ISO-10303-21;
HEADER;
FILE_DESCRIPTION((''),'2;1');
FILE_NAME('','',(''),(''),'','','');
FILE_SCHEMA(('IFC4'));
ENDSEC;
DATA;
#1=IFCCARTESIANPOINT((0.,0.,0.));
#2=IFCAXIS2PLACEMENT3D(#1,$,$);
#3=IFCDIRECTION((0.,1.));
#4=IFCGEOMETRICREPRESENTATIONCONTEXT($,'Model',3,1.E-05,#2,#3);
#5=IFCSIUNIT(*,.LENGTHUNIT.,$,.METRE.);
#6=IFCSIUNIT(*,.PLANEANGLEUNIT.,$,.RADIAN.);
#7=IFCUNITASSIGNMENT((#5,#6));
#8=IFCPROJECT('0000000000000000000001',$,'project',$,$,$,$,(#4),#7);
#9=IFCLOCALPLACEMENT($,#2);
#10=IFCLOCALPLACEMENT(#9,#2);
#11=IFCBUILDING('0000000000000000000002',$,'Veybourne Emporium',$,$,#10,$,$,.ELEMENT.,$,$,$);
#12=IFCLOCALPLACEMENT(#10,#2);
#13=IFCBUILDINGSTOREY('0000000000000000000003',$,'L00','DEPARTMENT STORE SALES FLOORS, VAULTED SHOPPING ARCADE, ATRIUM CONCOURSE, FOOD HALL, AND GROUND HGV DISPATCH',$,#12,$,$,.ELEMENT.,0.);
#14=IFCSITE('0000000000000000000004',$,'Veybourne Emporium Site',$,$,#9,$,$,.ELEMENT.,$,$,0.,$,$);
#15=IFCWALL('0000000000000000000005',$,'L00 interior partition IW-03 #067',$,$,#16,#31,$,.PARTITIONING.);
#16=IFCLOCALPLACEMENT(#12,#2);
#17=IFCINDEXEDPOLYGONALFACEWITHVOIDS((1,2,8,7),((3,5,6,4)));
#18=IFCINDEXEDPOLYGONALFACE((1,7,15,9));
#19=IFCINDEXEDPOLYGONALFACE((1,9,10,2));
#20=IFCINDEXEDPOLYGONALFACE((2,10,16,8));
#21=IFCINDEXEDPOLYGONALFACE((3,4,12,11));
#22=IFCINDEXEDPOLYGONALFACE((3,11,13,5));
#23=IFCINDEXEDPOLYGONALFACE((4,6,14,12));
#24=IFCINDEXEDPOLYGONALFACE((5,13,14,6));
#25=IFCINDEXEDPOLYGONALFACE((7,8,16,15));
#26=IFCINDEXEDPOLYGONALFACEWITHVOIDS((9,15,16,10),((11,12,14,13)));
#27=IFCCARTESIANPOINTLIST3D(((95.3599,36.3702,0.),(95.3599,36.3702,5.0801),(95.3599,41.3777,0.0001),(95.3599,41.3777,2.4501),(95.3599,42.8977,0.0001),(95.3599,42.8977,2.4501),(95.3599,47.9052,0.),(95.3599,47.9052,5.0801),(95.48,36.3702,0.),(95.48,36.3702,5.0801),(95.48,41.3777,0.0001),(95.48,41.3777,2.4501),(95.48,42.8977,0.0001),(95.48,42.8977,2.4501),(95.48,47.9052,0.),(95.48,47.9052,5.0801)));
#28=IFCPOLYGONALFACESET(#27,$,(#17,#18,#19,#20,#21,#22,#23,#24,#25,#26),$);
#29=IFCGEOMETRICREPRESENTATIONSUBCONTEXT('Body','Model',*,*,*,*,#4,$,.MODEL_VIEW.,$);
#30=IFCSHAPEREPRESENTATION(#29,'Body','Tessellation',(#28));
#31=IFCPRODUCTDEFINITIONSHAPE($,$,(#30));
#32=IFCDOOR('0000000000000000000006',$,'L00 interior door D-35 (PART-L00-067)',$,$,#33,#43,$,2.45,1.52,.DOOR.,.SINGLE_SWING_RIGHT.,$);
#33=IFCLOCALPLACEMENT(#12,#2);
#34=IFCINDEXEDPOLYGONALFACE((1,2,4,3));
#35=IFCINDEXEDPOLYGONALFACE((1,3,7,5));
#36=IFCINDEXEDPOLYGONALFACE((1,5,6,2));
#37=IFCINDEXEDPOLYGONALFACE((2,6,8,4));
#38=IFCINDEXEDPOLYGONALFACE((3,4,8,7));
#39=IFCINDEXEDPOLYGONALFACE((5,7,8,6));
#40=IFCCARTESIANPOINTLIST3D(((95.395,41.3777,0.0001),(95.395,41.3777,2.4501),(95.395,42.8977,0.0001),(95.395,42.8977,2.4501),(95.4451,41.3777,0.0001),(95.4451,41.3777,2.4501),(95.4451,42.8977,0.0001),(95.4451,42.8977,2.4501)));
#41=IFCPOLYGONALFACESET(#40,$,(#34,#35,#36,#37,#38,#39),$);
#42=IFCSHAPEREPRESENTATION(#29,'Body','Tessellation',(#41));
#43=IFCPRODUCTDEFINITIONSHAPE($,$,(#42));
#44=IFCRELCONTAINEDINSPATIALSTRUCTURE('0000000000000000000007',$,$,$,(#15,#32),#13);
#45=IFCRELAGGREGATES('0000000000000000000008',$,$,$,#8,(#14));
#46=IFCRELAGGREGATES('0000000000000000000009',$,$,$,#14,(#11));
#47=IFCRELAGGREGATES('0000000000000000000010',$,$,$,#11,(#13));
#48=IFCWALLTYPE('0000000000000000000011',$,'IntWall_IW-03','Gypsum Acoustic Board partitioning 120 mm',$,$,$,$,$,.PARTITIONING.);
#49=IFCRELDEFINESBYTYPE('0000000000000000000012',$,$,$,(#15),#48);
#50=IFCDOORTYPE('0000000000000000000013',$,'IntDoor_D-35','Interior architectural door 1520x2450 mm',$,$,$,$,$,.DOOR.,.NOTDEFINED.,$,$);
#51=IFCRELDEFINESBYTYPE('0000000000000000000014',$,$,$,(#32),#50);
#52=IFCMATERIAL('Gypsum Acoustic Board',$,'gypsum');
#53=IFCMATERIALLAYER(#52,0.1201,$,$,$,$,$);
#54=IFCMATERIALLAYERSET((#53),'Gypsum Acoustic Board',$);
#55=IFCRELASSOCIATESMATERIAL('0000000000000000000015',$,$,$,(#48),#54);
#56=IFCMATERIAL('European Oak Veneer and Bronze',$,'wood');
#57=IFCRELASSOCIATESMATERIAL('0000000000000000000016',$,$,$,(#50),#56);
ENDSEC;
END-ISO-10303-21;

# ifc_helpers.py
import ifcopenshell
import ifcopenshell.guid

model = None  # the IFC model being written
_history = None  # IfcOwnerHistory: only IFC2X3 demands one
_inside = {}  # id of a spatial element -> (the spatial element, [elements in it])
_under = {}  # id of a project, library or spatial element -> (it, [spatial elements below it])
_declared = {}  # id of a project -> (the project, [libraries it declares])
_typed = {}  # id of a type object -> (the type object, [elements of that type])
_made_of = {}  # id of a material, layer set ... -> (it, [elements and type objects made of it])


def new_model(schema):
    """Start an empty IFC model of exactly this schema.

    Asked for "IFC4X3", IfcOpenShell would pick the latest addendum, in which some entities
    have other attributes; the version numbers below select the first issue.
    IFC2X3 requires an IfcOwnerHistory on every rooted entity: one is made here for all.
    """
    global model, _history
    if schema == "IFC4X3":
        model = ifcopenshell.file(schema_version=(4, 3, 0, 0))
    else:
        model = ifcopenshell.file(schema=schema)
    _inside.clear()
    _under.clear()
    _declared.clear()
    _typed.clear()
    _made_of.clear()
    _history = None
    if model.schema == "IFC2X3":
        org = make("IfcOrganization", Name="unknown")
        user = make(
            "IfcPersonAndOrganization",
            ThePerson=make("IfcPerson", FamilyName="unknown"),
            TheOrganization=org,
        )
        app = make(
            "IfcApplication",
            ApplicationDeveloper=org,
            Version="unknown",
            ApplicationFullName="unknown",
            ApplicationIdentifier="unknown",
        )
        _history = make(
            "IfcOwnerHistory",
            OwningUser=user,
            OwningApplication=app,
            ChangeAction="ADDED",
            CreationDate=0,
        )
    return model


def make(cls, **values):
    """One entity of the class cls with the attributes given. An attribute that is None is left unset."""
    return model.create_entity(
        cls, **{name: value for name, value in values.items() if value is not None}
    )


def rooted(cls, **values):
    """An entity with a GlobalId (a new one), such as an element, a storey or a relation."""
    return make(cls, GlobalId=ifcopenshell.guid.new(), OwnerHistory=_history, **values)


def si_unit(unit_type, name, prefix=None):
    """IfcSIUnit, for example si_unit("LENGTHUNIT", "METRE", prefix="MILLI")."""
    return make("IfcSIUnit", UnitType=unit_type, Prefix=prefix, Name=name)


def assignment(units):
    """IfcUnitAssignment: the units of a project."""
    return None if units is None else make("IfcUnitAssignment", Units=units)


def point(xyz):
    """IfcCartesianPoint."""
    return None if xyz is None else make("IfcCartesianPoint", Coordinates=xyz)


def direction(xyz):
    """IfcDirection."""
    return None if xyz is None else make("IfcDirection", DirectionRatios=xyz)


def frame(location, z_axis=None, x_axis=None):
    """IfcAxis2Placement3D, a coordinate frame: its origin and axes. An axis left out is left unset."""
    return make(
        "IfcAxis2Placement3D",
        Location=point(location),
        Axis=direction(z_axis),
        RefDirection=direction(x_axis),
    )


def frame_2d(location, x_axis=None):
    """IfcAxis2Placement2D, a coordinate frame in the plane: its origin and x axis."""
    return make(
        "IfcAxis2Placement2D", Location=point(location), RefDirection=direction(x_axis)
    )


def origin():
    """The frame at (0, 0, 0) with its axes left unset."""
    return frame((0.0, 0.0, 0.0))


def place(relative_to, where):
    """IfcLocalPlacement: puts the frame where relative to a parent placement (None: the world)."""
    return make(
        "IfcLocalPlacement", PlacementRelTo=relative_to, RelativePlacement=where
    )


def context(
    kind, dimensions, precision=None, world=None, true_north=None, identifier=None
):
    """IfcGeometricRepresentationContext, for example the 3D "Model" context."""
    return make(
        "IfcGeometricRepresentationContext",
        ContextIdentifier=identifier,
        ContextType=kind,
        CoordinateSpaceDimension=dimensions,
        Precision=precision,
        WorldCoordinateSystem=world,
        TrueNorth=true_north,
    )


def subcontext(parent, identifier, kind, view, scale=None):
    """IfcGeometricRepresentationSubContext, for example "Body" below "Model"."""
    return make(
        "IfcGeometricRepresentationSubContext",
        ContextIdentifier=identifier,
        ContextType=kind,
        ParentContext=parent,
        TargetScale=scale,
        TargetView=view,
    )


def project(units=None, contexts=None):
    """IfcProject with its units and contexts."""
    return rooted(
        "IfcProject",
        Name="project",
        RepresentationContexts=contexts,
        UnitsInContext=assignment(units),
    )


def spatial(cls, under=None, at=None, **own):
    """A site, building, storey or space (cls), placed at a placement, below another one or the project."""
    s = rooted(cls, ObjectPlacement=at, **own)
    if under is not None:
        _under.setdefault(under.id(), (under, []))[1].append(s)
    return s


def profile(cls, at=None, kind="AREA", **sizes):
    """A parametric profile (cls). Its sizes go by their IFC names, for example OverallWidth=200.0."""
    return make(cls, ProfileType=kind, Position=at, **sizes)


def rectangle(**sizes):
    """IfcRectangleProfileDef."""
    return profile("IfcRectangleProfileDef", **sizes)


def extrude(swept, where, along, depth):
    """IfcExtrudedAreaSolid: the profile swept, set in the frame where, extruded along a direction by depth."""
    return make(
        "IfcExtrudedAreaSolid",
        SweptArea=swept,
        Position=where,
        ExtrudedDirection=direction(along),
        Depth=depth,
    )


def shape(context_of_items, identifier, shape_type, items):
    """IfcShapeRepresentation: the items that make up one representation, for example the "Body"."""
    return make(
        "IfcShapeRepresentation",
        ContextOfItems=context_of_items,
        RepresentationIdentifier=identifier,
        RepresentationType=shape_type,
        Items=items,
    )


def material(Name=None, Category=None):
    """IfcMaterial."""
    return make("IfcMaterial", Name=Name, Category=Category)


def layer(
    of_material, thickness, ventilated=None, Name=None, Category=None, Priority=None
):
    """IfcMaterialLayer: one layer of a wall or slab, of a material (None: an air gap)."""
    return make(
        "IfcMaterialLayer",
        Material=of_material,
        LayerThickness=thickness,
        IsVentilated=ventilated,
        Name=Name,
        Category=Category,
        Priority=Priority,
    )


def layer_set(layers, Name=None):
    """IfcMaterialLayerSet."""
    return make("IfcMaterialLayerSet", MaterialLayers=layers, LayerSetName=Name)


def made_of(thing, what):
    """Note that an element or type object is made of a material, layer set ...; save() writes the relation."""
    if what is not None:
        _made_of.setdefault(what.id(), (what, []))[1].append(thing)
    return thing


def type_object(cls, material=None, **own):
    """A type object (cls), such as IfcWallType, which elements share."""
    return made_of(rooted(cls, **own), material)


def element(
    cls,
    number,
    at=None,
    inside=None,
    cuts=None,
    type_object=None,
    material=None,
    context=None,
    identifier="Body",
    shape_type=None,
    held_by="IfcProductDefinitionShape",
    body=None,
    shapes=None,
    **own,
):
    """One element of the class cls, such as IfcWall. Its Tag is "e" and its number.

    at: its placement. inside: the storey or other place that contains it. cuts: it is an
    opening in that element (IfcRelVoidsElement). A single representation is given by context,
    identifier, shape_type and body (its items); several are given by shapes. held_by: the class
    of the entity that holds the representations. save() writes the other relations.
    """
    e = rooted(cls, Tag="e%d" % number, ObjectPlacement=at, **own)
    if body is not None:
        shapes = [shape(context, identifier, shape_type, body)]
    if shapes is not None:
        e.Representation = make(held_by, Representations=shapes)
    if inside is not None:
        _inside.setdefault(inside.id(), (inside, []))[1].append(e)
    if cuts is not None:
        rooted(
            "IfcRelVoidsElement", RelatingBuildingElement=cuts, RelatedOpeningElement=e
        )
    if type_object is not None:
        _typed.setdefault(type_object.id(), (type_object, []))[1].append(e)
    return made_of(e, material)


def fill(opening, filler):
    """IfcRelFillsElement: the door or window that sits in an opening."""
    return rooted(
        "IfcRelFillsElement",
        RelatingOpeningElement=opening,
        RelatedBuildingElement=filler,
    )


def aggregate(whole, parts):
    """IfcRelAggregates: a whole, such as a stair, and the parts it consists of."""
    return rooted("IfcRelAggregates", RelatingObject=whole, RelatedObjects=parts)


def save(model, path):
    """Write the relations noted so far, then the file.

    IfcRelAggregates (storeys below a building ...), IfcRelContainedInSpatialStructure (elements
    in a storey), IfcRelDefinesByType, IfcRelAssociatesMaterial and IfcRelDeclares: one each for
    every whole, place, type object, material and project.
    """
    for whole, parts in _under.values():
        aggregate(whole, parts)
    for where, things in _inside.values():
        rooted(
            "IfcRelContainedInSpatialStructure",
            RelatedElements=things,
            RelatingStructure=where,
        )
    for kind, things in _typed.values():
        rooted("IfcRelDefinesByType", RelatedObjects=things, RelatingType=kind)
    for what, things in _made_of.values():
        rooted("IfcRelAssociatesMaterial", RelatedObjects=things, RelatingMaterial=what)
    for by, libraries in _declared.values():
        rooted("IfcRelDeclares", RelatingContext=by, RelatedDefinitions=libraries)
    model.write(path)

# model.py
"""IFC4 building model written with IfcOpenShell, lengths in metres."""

from ifc_helpers import new_model, si_unit, direction, frame, frame_2d, origin, place, context, subcontext, project, spatial, rectangle, extrude, material, layer, layer_set, type_object, element, fill, save


model = new_model("IFC4")

# Units and contexts
model_context = context("Model", 3, precision=1e-05, world=origin(), true_north=direction((0.0, 1.0)))
body_context = subcontext(model_context, "Body", "Model", "MODEL_VIEW")
ifc_project = project(units=[si_unit("LENGTHUNIT", "METRE"), si_unit("PLANEANGLEUNIT", "RADIAN")], contexts=[model_context])

# Site, building, storey
site_placement = place(None, origin())
site = spatial("IfcSite", under=ifc_project, at=site_placement, Name="Veybourne Emporium Site", CompositionType="ELEMENT", RefElevation=0.0)
building_placement = place(site_placement, origin())
building = spatial("IfcBuilding", under=site, at=building_placement, Name="Veybourne Emporium", CompositionType="ELEMENT")
storey_placement = place(building_placement, origin())
storey = spatial("IfcBuildingStorey", under=building, at=storey_placement, Name="L00", Description="DEPARTMENT STORE SALES FLOORS, VAULTED SHOPPING ARCADE, ATRIUM CONCOURSE, FOOD HALL, AND GROUND HGV DISPATCH", CompositionType="ELEMENT", Elevation=0.0)

# Wall, opening, door
ifc_material_1 = material(Name="Gypsum Acoustic Board", Category="gypsum")
ifc_material_2 = material(Name="European Oak Veneer and Bronze", Category="wood")
ifc_layer_1 = layer(ifc_material_1, 0.1201)
ifc_layer_set_1 = layer_set([ifc_layer_1], Name="Gypsum Acoustic Board")
wall_type_1 = type_object("IfcWallType", Name="IntWall_IW-03", Description="Gypsum Acoustic Board partitioning 120 mm", PredefinedType="PARTITIONING", material=ifc_layer_set_1)
wall_1_placement = place(storey_placement, frame((95.4199, 36.3701, 0.0), z_axis=(0.0, 0.0, 1.0), x_axis=(0.0, 1.0, 0.0)))
wall_1 = element("IfcWall", 1, at=wall_1_placement, inside=storey, type_object=wall_type_1, Name="L00 interior partition IW-03 #067", PredefinedType="PARTITIONING", context=body_context, shape_type="SweptSolid", body=[
    extrude(rectangle(XDim=11.5349, YDim=0.1201, at=frame_2d((5.7676, 0.0))), origin(), (0.0, 0.0, 1.0), 5.0801),
])
opening_1_placement = place(wall_1_placement, frame((5.0076, 0.0, 0.0)))
opening_1 = element("IfcOpeningElement", 2, at=opening_1_placement, cuts=wall_1, PredefinedType="OPENING", context=body_context, shape_type="SweptSolid", body=[
    extrude(rectangle(XDim=1.52, YDim=2.45, at=frame_2d((0.76, 1.2251))), frame((0.0, 0.0801, 0.0), z_axis=(0.0, -1.0, 0.0), x_axis=(1.0, 0.0, 0.0)), (0.0, 0.0, 1.0), 0.1602),
])
door_type_1 = type_object("IfcDoorType", Name="IntDoor_D-35", Description="Interior architectural door 1520x2450 mm", OperationType="NOTDEFINED", PredefinedType="DOOR", material=ifc_material_2)
door_1_placement = place(opening_1_placement, origin())
door_1 = element("IfcDoor", 3, at=door_1_placement, inside=storey, type_object=door_type_1, Name="L00 interior door D-35 (PART-L00-067)", OperationType="SINGLE_SWING_RIGHT", OverallHeight=2.45, OverallWidth=1.52, PredefinedType="DOOR", context=body_context, shape_type="SweptSolid", body=[
    extrude(rectangle(XDim=1.52, YDim=2.45, at=frame_2d((0.76, 1.2251))), frame((0.0, 0.0249, 0.0), z_axis=(0.0, -1.0, 0.0), x_axis=(1.0, 0.0, 0.0)), (0.0, 0.0, 1.0), 0.05),
])
fill(opening_1, door_1)

save(model, "model.ifc")
